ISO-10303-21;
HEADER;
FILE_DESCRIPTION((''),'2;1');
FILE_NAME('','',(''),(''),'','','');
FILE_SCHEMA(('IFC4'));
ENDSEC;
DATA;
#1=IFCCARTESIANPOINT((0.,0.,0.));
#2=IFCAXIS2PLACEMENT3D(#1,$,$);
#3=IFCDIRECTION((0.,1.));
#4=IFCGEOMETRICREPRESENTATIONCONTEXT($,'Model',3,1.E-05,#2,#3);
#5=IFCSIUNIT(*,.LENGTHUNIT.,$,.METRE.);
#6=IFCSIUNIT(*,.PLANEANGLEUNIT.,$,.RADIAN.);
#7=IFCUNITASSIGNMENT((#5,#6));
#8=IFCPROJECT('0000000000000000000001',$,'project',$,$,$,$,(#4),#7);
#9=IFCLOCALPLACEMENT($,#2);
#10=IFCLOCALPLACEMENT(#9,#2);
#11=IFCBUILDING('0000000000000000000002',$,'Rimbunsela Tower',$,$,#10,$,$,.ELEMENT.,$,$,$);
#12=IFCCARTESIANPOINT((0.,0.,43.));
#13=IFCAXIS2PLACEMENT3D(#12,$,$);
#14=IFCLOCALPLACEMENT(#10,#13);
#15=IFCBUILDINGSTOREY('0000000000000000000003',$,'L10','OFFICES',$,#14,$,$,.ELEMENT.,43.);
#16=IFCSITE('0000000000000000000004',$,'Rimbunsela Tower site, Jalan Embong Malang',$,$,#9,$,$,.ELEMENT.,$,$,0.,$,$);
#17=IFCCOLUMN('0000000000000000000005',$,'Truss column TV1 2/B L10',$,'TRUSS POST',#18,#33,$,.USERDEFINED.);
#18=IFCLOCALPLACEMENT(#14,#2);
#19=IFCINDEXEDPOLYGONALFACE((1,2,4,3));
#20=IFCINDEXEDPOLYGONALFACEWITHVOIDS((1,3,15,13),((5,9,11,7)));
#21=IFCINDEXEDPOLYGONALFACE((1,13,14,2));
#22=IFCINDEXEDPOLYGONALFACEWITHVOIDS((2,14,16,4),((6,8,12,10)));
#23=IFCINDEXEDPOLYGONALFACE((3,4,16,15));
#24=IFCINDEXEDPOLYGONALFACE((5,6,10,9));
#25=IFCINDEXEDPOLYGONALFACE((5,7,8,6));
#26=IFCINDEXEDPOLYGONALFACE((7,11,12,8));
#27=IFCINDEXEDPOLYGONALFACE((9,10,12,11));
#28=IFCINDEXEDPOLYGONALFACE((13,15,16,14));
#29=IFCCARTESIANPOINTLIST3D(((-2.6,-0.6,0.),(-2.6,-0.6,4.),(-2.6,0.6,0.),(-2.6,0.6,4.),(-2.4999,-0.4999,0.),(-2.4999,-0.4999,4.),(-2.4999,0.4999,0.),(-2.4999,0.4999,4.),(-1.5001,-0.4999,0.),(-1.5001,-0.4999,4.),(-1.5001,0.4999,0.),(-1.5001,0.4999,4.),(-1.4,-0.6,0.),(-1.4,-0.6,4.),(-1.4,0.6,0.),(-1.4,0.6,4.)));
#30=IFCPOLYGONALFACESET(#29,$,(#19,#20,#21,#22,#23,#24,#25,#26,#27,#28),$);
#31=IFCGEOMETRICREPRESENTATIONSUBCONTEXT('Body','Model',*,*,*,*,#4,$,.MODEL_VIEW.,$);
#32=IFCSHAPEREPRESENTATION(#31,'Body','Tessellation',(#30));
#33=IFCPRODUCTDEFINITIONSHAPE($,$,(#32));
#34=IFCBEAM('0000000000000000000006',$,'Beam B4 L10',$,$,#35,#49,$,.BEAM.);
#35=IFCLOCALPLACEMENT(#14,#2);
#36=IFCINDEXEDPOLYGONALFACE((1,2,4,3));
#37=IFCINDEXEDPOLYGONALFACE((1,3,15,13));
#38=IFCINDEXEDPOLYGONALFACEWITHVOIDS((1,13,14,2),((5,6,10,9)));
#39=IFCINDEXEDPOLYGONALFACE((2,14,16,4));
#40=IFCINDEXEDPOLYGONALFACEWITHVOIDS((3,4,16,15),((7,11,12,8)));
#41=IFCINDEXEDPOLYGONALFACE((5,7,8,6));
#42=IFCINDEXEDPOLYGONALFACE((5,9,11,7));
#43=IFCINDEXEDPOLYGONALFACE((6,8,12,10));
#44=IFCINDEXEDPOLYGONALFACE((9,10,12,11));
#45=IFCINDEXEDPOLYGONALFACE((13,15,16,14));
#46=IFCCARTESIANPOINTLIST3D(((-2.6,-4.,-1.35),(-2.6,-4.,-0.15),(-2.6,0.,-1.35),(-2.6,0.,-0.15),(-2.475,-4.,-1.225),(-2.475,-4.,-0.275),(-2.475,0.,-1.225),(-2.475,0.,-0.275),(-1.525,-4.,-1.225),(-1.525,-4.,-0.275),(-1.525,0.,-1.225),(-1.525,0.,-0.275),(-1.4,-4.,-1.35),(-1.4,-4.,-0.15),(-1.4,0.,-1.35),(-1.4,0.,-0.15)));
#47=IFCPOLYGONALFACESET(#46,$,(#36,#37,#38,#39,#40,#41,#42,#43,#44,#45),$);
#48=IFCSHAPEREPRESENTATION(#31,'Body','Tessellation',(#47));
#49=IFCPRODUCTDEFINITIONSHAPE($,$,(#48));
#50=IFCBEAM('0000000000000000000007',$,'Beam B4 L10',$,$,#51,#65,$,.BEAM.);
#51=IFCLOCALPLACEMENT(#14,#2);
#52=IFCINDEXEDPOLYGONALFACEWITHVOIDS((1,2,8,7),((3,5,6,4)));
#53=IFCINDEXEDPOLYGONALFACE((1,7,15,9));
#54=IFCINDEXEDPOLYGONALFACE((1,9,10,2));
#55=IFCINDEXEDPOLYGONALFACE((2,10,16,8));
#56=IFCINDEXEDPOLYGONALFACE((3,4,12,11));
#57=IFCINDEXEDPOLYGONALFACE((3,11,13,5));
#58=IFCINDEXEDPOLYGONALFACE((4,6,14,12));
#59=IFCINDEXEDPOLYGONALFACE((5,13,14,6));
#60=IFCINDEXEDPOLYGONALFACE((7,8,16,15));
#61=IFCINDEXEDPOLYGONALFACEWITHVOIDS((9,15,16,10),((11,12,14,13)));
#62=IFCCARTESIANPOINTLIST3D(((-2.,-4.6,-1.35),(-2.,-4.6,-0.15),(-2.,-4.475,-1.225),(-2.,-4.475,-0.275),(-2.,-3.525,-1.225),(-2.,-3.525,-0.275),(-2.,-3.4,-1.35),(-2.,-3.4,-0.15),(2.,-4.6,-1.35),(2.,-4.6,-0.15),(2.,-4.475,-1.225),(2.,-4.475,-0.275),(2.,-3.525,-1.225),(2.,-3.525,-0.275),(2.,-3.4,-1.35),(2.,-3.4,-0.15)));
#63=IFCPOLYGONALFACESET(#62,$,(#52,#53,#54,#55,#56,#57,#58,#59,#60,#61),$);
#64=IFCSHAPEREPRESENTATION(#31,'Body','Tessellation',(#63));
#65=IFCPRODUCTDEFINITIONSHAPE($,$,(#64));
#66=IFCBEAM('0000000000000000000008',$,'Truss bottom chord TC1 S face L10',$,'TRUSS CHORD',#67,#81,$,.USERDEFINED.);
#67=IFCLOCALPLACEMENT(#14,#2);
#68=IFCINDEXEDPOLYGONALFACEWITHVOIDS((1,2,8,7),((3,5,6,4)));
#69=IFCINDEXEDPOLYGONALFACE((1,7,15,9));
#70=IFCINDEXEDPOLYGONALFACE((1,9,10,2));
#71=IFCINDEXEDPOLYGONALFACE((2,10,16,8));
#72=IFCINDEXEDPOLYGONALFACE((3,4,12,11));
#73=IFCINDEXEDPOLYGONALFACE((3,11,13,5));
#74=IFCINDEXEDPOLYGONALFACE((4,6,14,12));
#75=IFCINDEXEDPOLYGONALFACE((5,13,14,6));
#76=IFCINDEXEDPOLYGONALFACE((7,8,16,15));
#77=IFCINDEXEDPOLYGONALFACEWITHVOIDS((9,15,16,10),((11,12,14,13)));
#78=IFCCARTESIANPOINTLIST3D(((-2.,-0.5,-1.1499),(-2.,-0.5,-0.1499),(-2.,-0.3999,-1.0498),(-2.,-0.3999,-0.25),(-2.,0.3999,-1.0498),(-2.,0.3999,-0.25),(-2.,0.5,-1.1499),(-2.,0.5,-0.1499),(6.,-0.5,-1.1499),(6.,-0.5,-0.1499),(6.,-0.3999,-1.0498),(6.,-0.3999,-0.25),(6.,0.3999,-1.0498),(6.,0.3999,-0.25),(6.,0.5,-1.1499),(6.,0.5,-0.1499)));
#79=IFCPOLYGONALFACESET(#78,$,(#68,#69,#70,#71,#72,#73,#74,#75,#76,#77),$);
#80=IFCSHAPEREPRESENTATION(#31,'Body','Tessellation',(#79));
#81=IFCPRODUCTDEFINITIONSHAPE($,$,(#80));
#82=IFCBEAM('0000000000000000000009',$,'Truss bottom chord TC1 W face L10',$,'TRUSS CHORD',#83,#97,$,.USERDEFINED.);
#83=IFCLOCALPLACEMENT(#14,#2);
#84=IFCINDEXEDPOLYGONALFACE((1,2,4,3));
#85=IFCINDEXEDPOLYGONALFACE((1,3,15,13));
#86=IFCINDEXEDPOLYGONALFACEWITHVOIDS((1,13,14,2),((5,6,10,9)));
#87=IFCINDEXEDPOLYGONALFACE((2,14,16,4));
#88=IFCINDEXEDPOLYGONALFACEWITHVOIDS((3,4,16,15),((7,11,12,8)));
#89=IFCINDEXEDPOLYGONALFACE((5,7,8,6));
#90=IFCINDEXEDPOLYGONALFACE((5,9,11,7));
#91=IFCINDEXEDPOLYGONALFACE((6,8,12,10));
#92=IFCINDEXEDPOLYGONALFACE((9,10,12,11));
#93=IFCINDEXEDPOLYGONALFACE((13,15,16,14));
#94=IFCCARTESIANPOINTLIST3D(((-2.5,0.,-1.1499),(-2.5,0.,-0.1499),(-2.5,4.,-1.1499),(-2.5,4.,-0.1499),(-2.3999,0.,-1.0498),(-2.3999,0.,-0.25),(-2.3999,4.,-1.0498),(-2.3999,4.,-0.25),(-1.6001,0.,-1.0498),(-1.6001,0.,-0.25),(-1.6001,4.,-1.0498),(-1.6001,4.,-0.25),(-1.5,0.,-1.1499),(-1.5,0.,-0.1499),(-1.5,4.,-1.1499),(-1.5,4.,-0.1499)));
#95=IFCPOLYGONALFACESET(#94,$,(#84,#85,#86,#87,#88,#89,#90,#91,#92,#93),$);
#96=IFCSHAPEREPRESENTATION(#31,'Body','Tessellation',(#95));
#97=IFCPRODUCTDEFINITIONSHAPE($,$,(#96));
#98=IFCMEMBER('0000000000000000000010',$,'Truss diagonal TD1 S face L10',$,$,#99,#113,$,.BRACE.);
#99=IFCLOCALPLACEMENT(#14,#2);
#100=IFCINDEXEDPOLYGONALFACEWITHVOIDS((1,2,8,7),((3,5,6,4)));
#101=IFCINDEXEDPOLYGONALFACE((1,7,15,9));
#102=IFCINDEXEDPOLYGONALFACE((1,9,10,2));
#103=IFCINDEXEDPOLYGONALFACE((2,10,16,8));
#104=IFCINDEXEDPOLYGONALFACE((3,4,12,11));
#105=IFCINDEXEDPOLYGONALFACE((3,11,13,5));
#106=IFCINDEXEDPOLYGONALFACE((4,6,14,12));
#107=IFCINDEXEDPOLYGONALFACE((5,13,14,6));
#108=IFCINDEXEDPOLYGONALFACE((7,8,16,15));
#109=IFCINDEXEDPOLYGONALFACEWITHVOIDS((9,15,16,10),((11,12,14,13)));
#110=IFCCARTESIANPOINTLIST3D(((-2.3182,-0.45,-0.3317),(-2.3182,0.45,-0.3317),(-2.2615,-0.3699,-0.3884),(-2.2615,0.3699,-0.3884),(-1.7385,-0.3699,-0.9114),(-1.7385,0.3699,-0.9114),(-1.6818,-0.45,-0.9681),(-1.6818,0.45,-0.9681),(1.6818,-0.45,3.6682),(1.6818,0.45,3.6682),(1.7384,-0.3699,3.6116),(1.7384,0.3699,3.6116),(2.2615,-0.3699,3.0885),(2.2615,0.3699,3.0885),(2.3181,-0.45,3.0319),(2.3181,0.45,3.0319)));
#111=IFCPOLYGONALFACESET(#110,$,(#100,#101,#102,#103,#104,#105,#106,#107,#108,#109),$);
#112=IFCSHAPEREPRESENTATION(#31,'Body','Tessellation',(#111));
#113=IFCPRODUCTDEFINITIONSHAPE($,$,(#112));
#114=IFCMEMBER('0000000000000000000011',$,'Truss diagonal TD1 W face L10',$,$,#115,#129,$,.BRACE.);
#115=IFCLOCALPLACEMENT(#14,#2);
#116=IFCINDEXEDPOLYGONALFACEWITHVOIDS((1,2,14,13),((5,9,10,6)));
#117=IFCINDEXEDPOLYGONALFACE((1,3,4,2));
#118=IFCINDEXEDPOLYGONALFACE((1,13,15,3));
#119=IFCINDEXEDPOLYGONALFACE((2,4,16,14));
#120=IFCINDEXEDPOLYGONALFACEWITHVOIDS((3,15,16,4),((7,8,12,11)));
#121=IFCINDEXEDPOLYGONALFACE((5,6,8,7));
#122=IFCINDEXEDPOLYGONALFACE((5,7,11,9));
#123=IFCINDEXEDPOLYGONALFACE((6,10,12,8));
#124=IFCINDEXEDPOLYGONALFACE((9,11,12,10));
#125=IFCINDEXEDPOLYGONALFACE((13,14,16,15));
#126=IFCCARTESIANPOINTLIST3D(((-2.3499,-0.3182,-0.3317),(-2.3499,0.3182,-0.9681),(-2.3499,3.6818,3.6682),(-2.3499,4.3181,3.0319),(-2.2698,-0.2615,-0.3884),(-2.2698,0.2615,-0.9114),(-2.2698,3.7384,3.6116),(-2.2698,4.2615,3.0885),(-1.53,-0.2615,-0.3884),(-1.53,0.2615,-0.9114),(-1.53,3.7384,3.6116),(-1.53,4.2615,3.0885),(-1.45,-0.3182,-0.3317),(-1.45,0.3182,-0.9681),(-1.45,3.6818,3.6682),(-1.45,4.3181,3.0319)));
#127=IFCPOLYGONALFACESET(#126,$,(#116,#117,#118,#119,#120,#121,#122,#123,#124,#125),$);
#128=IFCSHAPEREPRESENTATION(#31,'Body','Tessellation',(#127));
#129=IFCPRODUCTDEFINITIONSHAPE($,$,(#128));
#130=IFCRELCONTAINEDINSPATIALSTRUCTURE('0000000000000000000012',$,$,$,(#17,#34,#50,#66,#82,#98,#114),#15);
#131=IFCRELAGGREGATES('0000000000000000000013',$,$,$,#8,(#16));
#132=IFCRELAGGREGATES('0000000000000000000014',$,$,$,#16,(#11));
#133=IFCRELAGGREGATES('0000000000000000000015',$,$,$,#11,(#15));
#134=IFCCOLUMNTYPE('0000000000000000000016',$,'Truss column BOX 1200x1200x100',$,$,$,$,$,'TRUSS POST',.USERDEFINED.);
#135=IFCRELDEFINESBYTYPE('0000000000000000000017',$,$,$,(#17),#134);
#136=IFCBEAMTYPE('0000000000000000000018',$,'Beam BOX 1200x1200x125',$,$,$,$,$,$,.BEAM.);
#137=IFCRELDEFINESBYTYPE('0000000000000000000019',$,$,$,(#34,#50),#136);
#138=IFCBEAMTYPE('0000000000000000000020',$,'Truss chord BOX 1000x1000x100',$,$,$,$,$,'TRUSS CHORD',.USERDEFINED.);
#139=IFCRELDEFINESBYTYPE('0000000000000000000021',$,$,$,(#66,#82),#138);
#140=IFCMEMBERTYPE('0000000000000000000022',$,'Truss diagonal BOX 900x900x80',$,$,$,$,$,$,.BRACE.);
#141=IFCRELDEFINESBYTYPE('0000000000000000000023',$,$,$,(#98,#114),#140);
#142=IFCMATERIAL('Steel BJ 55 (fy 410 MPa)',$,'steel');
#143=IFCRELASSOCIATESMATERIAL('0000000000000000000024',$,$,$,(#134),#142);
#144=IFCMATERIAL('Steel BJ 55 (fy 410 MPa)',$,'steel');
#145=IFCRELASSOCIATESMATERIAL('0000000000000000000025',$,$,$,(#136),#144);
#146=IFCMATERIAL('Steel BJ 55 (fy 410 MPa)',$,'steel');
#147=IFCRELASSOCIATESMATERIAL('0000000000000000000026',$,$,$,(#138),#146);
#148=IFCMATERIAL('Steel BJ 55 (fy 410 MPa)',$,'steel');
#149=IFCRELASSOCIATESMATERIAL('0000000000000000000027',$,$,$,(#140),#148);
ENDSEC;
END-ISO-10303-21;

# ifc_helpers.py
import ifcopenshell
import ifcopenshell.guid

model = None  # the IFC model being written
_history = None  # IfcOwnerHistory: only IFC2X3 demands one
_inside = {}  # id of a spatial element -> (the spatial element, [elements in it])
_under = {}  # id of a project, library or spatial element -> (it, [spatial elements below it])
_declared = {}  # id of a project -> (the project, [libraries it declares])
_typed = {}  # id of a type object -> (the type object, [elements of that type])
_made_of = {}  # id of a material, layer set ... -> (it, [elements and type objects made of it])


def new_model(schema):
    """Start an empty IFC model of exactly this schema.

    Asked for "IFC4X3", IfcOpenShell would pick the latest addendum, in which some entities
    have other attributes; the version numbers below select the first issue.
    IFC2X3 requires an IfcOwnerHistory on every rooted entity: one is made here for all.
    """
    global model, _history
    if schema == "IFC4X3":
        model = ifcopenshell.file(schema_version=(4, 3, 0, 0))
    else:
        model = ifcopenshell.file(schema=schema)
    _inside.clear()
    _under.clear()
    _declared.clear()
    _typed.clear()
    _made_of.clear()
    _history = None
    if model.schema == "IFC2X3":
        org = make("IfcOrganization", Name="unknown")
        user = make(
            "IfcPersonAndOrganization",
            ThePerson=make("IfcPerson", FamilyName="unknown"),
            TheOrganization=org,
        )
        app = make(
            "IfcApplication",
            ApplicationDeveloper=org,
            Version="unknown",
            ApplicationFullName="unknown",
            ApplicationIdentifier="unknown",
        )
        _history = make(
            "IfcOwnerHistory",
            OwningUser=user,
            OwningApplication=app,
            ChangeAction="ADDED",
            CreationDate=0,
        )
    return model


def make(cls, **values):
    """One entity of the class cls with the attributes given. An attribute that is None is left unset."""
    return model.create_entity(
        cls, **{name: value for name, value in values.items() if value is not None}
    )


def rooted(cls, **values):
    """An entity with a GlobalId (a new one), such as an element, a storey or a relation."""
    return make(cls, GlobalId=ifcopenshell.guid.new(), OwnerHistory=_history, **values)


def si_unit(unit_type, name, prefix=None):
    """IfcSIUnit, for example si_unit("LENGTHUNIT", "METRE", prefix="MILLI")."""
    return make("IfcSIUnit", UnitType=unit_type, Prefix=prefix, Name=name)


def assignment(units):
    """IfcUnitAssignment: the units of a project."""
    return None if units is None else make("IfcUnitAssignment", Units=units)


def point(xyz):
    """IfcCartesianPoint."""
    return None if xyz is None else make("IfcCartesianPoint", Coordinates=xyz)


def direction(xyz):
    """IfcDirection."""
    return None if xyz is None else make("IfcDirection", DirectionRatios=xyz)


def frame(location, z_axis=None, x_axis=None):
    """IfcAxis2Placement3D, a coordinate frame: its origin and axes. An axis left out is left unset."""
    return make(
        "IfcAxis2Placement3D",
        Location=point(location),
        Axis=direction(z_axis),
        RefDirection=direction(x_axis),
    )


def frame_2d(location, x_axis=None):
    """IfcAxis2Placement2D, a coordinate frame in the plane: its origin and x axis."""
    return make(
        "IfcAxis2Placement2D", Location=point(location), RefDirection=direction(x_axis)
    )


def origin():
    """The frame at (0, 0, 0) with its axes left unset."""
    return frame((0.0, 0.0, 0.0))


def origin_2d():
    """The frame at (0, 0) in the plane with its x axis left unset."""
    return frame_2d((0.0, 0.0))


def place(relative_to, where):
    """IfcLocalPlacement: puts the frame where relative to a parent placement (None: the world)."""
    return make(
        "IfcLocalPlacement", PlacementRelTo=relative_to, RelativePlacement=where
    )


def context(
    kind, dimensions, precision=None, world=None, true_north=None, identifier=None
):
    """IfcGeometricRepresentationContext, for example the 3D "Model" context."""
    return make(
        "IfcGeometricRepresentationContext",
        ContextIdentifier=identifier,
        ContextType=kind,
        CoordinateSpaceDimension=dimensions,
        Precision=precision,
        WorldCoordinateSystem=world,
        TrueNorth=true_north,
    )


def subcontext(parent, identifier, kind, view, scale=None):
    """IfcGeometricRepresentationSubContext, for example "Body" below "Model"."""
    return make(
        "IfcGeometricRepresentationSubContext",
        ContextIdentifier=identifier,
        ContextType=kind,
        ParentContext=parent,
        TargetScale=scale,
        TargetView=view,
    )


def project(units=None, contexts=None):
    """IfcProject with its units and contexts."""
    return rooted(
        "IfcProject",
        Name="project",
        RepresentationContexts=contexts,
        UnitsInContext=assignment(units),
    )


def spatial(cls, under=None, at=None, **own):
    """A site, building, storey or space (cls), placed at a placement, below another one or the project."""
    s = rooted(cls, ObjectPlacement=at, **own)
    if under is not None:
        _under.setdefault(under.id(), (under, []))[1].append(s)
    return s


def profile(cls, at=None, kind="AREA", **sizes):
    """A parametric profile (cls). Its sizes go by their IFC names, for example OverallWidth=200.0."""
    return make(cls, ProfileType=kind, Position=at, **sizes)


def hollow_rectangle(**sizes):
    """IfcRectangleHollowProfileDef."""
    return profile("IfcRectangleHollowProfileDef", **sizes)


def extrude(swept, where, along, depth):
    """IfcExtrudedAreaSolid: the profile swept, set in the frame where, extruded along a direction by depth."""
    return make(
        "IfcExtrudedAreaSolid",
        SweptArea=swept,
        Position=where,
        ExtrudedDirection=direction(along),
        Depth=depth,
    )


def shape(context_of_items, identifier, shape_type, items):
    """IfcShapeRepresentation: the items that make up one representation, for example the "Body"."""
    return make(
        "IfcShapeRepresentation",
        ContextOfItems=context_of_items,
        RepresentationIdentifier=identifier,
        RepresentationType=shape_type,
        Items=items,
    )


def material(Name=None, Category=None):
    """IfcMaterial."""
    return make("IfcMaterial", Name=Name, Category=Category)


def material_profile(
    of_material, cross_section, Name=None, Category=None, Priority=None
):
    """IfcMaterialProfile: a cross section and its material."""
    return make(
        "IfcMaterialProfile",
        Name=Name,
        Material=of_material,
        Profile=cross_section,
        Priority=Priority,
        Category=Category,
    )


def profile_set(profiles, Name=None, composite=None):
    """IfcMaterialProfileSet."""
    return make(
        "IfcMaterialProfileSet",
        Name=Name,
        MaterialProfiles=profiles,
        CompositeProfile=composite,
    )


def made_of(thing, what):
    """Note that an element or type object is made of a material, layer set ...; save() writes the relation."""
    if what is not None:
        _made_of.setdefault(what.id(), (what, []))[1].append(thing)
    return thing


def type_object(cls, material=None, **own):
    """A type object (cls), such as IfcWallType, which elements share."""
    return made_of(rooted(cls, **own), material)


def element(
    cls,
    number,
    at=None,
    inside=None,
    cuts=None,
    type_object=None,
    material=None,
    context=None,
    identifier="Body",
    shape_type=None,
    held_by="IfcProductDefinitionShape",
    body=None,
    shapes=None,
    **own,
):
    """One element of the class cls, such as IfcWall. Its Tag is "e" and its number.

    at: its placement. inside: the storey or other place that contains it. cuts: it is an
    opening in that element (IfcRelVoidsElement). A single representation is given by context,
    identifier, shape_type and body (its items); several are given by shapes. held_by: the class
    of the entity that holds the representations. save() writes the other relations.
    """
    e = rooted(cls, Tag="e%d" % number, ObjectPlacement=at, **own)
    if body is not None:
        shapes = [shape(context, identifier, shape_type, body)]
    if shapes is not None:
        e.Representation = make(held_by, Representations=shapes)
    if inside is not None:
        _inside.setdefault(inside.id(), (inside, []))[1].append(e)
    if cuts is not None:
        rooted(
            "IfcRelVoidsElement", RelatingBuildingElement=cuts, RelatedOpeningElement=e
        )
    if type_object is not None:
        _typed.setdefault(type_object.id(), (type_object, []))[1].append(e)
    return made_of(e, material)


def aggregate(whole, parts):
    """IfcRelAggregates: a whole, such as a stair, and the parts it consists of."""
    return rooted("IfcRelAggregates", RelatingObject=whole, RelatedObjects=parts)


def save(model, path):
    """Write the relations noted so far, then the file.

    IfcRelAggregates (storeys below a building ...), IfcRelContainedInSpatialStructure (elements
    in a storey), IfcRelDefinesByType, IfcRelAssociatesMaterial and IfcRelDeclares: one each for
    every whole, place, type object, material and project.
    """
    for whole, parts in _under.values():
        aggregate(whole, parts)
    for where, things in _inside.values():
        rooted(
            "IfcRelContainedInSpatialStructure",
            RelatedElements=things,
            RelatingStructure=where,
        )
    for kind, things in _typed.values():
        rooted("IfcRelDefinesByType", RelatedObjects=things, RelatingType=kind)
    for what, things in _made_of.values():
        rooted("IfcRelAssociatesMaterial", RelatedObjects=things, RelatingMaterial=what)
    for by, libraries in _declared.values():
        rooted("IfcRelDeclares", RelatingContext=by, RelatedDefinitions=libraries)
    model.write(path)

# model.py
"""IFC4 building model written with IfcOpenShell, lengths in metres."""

from ifc_helpers import new_model, si_unit, direction, frame, origin, origin_2d, place, context, subcontext, project, spatial, hollow_rectangle, extrude, material, material_profile, profile_set, type_object, element, save


model = new_model("IFC4")

# Units and contexts
model_context = context("Model", 3, precision=1e-05, world=origin(), true_north=direction((0.0, 1.0)))
body_context = subcontext(model_context, "Body", "Model", "MODEL_VIEW")
ifc_project = project(units=[si_unit("LENGTHUNIT", "METRE"), si_unit("PLANEANGLEUNIT", "RADIAN")], contexts=[model_context])

# Site, building, storey
site_placement = place(None, origin())
site = spatial("IfcSite", under=ifc_project, at=site_placement, Name="Rimbunsela Tower site, Jalan Embong Malang", CompositionType="ELEMENT", RefElevation=0.0)
building_placement = place(site_placement, origin())
building = spatial("IfcBuilding", under=site, at=building_placement, Name="Rimbunsela Tower", CompositionType="ELEMENT")
storey_placement = place(building_placement, frame((0.0, 0.0, 43.0)))
storey = spatial("IfcBuildingStorey", under=building, at=storey_placement, Name="L10", Description="OFFICES", CompositionType="ELEMENT", Elevation=43.0)

# Column
ifc_material_1 = material(Name="Steel BJ 55 (fy 410 MPa)", Category="steel")
ifc_material_profile_1 = material_profile(ifc_material_1, hollow_rectangle(XDim=1.2, YDim=1.2, WallThickness=0.1001, at=origin_2d()), Name="BOX 1200x1200x100")
ifc_profile_set_1 = profile_set([ifc_material_profile_1], Name="Steel BJ 55 (fy 410 MPa)")
column_type = type_object("IfcColumnType", Name="Truss column BOX 1200x1200x100", ElementType="TRUSS POST", PredefinedType="USERDEFINED", material=ifc_profile_set_1)
column_placement = place(storey_placement, frame((-2.0, 0.0, 0.0), z_axis=(0.0, 0.0, 1.0), x_axis=(1.0, 0.0, 0.0)))
element("IfcColumn", 1, at=column_placement, inside=storey, type_object=column_type, Name="Truss column TV1 2/B L10", ObjectType="TRUSS POST", PredefinedType="USERDEFINED", context=body_context, shape_type="SweptSolid", body=[
    extrude(hollow_rectangle(XDim=1.2, YDim=1.2, WallThickness=0.1001, at=origin_2d()), origin(), (0.0, 0.0, 1.0), 4.0),
])

# Beams
ifc_material_2 = material(Name="Steel BJ 55 (fy 410 MPa)", Category="steel")
ifc_material_profile_2 = material_profile(ifc_material_2, hollow_rectangle(XDim=1.2, YDim=1.2, WallThickness=0.125, at=origin_2d()), Name="BOX 1200x1200x125")
ifc_profile_set_2 = profile_set([ifc_material_profile_2], Name="Steel BJ 55 (fy 410 MPa)")
beam_type_1 = type_object("IfcBeamType", Name="Beam BOX 1200x1200x125", PredefinedType="BEAM", material=ifc_profile_set_2)
for number, where, z_axis, x_axis, name in (
    (2, (-2.0, -4.0, -0.75), (0.0, 1.0, 0.0), (-1.0, 0.0, 0.0), "Beam B4 L10"),
    (3, (-2.0, -4.0, -0.75), (1.0, 0.0, 0.0), (0.0, 1.0, 0.0), "Beam B4 L10"),
):
    element("IfcBeam", number, at=place(storey_placement, frame(where, z_axis=z_axis, x_axis=x_axis)), inside=storey, type_object=beam_type_1, Name=name, PredefinedType="BEAM", context=body_context, shape_type="SweptSolid", body=[
        extrude(hollow_rectangle(XDim=1.2, YDim=1.2, WallThickness=0.125, at=origin_2d()), origin(), (0.0, 0.0, 1.0), 4.0),
    ])
ifc_material_3 = material(Name="Steel BJ 55 (fy 410 MPa)", Category="steel")
ifc_material_profile_3 = material_profile(ifc_material_3, hollow_rectangle(XDim=1.0, YDim=1.0, WallThickness=0.1001, at=origin_2d()), Name="BOX 1000x1000x100")
ifc_profile_set_3 = profile_set([ifc_material_profile_3], Name="Steel BJ 55 (fy 410 MPa)")
beam_type_2 = type_object("IfcBeamType", Name="Truss chord BOX 1000x1000x100", ElementType="TRUSS CHORD", PredefinedType="USERDEFINED", material=ifc_profile_set_3)
beam_1_placement = place(storey_placement, frame((-2.0, 0.0, -0.6499), z_axis=(1.0, 0.0, 0.0), x_axis=(0.0, 1.0, 0.0)))
element("IfcBeam", 4, at=beam_1_placement, inside=storey, type_object=beam_type_2, Name="Truss bottom chord TC1 S face L10", ObjectType="TRUSS CHORD", PredefinedType="USERDEFINED", context=body_context, shape_type="SweptSolid", body=[
    extrude(hollow_rectangle(XDim=1.0, YDim=1.0, WallThickness=0.1001, at=origin_2d()), origin(), (0.0, 0.0, 1.0), 8.0),
])
beam_2_placement = place(storey_placement, frame((-2.0, 0.0, -0.6499), z_axis=(0.0, 1.0, 0.0), x_axis=(-1.0, 0.0, 0.0)))
element("IfcBeam", 5, at=beam_2_placement, inside=storey, type_object=beam_type_2, Name="Truss bottom chord TC1 W face L10", ObjectType="TRUSS CHORD", PredefinedType="USERDEFINED", context=body_context, shape_type="SweptSolid", body=[
    extrude(hollow_rectangle(XDim=1.0, YDim=1.0, WallThickness=0.1001, at=origin_2d()), origin(), (0.0, 0.0, 1.0), 4.0),
])

# Members
ifc_material_4 = material(Name="Steel BJ 55 (fy 410 MPa)", Category="steel")
ifc_material_profile_4 = material_profile(ifc_material_4, hollow_rectangle(XDim=0.8999, YDim=0.8999, WallThickness=0.0801, at=origin_2d()), Name="BOX 900x900x80")
ifc_profile_set_4 = profile_set([ifc_material_profile_4], Name="Steel BJ 55 (fy 410 MPa)")
member_type = type_object("IfcMemberType", Name="Truss diagonal BOX 900x900x80", PredefinedType="BRACE", material=ifc_profile_set_4)
for number, where, z_axis, x_axis, name in (
    (6, (-2.0, 0.0, -0.6499), (0.707107, 0.0, 0.707107), (0.0, 1.0, 0.0), "Truss diagonal TD1 S face L10"),
    (7, (-1.8999, 0.0, -0.6499), (0.0, 0.707107, 0.707107), (-1.0, 0.0, 0.0), "Truss diagonal TD1 W face L10"),
):
    element("IfcMember", number, at=place(storey_placement, frame(where, z_axis=z_axis, x_axis=x_axis)), inside=storey, type_object=member_type, Name=name, PredefinedType="BRACE", context=body_context, shape_type="SweptSolid", body=[
        extrude(hollow_rectangle(XDim=0.8999, YDim=0.8999, WallThickness=0.0801, at=origin_2d()), origin(), (0.0, 0.0, 1.0), 5.6567),
    ])

save(model, "model.ifc")
